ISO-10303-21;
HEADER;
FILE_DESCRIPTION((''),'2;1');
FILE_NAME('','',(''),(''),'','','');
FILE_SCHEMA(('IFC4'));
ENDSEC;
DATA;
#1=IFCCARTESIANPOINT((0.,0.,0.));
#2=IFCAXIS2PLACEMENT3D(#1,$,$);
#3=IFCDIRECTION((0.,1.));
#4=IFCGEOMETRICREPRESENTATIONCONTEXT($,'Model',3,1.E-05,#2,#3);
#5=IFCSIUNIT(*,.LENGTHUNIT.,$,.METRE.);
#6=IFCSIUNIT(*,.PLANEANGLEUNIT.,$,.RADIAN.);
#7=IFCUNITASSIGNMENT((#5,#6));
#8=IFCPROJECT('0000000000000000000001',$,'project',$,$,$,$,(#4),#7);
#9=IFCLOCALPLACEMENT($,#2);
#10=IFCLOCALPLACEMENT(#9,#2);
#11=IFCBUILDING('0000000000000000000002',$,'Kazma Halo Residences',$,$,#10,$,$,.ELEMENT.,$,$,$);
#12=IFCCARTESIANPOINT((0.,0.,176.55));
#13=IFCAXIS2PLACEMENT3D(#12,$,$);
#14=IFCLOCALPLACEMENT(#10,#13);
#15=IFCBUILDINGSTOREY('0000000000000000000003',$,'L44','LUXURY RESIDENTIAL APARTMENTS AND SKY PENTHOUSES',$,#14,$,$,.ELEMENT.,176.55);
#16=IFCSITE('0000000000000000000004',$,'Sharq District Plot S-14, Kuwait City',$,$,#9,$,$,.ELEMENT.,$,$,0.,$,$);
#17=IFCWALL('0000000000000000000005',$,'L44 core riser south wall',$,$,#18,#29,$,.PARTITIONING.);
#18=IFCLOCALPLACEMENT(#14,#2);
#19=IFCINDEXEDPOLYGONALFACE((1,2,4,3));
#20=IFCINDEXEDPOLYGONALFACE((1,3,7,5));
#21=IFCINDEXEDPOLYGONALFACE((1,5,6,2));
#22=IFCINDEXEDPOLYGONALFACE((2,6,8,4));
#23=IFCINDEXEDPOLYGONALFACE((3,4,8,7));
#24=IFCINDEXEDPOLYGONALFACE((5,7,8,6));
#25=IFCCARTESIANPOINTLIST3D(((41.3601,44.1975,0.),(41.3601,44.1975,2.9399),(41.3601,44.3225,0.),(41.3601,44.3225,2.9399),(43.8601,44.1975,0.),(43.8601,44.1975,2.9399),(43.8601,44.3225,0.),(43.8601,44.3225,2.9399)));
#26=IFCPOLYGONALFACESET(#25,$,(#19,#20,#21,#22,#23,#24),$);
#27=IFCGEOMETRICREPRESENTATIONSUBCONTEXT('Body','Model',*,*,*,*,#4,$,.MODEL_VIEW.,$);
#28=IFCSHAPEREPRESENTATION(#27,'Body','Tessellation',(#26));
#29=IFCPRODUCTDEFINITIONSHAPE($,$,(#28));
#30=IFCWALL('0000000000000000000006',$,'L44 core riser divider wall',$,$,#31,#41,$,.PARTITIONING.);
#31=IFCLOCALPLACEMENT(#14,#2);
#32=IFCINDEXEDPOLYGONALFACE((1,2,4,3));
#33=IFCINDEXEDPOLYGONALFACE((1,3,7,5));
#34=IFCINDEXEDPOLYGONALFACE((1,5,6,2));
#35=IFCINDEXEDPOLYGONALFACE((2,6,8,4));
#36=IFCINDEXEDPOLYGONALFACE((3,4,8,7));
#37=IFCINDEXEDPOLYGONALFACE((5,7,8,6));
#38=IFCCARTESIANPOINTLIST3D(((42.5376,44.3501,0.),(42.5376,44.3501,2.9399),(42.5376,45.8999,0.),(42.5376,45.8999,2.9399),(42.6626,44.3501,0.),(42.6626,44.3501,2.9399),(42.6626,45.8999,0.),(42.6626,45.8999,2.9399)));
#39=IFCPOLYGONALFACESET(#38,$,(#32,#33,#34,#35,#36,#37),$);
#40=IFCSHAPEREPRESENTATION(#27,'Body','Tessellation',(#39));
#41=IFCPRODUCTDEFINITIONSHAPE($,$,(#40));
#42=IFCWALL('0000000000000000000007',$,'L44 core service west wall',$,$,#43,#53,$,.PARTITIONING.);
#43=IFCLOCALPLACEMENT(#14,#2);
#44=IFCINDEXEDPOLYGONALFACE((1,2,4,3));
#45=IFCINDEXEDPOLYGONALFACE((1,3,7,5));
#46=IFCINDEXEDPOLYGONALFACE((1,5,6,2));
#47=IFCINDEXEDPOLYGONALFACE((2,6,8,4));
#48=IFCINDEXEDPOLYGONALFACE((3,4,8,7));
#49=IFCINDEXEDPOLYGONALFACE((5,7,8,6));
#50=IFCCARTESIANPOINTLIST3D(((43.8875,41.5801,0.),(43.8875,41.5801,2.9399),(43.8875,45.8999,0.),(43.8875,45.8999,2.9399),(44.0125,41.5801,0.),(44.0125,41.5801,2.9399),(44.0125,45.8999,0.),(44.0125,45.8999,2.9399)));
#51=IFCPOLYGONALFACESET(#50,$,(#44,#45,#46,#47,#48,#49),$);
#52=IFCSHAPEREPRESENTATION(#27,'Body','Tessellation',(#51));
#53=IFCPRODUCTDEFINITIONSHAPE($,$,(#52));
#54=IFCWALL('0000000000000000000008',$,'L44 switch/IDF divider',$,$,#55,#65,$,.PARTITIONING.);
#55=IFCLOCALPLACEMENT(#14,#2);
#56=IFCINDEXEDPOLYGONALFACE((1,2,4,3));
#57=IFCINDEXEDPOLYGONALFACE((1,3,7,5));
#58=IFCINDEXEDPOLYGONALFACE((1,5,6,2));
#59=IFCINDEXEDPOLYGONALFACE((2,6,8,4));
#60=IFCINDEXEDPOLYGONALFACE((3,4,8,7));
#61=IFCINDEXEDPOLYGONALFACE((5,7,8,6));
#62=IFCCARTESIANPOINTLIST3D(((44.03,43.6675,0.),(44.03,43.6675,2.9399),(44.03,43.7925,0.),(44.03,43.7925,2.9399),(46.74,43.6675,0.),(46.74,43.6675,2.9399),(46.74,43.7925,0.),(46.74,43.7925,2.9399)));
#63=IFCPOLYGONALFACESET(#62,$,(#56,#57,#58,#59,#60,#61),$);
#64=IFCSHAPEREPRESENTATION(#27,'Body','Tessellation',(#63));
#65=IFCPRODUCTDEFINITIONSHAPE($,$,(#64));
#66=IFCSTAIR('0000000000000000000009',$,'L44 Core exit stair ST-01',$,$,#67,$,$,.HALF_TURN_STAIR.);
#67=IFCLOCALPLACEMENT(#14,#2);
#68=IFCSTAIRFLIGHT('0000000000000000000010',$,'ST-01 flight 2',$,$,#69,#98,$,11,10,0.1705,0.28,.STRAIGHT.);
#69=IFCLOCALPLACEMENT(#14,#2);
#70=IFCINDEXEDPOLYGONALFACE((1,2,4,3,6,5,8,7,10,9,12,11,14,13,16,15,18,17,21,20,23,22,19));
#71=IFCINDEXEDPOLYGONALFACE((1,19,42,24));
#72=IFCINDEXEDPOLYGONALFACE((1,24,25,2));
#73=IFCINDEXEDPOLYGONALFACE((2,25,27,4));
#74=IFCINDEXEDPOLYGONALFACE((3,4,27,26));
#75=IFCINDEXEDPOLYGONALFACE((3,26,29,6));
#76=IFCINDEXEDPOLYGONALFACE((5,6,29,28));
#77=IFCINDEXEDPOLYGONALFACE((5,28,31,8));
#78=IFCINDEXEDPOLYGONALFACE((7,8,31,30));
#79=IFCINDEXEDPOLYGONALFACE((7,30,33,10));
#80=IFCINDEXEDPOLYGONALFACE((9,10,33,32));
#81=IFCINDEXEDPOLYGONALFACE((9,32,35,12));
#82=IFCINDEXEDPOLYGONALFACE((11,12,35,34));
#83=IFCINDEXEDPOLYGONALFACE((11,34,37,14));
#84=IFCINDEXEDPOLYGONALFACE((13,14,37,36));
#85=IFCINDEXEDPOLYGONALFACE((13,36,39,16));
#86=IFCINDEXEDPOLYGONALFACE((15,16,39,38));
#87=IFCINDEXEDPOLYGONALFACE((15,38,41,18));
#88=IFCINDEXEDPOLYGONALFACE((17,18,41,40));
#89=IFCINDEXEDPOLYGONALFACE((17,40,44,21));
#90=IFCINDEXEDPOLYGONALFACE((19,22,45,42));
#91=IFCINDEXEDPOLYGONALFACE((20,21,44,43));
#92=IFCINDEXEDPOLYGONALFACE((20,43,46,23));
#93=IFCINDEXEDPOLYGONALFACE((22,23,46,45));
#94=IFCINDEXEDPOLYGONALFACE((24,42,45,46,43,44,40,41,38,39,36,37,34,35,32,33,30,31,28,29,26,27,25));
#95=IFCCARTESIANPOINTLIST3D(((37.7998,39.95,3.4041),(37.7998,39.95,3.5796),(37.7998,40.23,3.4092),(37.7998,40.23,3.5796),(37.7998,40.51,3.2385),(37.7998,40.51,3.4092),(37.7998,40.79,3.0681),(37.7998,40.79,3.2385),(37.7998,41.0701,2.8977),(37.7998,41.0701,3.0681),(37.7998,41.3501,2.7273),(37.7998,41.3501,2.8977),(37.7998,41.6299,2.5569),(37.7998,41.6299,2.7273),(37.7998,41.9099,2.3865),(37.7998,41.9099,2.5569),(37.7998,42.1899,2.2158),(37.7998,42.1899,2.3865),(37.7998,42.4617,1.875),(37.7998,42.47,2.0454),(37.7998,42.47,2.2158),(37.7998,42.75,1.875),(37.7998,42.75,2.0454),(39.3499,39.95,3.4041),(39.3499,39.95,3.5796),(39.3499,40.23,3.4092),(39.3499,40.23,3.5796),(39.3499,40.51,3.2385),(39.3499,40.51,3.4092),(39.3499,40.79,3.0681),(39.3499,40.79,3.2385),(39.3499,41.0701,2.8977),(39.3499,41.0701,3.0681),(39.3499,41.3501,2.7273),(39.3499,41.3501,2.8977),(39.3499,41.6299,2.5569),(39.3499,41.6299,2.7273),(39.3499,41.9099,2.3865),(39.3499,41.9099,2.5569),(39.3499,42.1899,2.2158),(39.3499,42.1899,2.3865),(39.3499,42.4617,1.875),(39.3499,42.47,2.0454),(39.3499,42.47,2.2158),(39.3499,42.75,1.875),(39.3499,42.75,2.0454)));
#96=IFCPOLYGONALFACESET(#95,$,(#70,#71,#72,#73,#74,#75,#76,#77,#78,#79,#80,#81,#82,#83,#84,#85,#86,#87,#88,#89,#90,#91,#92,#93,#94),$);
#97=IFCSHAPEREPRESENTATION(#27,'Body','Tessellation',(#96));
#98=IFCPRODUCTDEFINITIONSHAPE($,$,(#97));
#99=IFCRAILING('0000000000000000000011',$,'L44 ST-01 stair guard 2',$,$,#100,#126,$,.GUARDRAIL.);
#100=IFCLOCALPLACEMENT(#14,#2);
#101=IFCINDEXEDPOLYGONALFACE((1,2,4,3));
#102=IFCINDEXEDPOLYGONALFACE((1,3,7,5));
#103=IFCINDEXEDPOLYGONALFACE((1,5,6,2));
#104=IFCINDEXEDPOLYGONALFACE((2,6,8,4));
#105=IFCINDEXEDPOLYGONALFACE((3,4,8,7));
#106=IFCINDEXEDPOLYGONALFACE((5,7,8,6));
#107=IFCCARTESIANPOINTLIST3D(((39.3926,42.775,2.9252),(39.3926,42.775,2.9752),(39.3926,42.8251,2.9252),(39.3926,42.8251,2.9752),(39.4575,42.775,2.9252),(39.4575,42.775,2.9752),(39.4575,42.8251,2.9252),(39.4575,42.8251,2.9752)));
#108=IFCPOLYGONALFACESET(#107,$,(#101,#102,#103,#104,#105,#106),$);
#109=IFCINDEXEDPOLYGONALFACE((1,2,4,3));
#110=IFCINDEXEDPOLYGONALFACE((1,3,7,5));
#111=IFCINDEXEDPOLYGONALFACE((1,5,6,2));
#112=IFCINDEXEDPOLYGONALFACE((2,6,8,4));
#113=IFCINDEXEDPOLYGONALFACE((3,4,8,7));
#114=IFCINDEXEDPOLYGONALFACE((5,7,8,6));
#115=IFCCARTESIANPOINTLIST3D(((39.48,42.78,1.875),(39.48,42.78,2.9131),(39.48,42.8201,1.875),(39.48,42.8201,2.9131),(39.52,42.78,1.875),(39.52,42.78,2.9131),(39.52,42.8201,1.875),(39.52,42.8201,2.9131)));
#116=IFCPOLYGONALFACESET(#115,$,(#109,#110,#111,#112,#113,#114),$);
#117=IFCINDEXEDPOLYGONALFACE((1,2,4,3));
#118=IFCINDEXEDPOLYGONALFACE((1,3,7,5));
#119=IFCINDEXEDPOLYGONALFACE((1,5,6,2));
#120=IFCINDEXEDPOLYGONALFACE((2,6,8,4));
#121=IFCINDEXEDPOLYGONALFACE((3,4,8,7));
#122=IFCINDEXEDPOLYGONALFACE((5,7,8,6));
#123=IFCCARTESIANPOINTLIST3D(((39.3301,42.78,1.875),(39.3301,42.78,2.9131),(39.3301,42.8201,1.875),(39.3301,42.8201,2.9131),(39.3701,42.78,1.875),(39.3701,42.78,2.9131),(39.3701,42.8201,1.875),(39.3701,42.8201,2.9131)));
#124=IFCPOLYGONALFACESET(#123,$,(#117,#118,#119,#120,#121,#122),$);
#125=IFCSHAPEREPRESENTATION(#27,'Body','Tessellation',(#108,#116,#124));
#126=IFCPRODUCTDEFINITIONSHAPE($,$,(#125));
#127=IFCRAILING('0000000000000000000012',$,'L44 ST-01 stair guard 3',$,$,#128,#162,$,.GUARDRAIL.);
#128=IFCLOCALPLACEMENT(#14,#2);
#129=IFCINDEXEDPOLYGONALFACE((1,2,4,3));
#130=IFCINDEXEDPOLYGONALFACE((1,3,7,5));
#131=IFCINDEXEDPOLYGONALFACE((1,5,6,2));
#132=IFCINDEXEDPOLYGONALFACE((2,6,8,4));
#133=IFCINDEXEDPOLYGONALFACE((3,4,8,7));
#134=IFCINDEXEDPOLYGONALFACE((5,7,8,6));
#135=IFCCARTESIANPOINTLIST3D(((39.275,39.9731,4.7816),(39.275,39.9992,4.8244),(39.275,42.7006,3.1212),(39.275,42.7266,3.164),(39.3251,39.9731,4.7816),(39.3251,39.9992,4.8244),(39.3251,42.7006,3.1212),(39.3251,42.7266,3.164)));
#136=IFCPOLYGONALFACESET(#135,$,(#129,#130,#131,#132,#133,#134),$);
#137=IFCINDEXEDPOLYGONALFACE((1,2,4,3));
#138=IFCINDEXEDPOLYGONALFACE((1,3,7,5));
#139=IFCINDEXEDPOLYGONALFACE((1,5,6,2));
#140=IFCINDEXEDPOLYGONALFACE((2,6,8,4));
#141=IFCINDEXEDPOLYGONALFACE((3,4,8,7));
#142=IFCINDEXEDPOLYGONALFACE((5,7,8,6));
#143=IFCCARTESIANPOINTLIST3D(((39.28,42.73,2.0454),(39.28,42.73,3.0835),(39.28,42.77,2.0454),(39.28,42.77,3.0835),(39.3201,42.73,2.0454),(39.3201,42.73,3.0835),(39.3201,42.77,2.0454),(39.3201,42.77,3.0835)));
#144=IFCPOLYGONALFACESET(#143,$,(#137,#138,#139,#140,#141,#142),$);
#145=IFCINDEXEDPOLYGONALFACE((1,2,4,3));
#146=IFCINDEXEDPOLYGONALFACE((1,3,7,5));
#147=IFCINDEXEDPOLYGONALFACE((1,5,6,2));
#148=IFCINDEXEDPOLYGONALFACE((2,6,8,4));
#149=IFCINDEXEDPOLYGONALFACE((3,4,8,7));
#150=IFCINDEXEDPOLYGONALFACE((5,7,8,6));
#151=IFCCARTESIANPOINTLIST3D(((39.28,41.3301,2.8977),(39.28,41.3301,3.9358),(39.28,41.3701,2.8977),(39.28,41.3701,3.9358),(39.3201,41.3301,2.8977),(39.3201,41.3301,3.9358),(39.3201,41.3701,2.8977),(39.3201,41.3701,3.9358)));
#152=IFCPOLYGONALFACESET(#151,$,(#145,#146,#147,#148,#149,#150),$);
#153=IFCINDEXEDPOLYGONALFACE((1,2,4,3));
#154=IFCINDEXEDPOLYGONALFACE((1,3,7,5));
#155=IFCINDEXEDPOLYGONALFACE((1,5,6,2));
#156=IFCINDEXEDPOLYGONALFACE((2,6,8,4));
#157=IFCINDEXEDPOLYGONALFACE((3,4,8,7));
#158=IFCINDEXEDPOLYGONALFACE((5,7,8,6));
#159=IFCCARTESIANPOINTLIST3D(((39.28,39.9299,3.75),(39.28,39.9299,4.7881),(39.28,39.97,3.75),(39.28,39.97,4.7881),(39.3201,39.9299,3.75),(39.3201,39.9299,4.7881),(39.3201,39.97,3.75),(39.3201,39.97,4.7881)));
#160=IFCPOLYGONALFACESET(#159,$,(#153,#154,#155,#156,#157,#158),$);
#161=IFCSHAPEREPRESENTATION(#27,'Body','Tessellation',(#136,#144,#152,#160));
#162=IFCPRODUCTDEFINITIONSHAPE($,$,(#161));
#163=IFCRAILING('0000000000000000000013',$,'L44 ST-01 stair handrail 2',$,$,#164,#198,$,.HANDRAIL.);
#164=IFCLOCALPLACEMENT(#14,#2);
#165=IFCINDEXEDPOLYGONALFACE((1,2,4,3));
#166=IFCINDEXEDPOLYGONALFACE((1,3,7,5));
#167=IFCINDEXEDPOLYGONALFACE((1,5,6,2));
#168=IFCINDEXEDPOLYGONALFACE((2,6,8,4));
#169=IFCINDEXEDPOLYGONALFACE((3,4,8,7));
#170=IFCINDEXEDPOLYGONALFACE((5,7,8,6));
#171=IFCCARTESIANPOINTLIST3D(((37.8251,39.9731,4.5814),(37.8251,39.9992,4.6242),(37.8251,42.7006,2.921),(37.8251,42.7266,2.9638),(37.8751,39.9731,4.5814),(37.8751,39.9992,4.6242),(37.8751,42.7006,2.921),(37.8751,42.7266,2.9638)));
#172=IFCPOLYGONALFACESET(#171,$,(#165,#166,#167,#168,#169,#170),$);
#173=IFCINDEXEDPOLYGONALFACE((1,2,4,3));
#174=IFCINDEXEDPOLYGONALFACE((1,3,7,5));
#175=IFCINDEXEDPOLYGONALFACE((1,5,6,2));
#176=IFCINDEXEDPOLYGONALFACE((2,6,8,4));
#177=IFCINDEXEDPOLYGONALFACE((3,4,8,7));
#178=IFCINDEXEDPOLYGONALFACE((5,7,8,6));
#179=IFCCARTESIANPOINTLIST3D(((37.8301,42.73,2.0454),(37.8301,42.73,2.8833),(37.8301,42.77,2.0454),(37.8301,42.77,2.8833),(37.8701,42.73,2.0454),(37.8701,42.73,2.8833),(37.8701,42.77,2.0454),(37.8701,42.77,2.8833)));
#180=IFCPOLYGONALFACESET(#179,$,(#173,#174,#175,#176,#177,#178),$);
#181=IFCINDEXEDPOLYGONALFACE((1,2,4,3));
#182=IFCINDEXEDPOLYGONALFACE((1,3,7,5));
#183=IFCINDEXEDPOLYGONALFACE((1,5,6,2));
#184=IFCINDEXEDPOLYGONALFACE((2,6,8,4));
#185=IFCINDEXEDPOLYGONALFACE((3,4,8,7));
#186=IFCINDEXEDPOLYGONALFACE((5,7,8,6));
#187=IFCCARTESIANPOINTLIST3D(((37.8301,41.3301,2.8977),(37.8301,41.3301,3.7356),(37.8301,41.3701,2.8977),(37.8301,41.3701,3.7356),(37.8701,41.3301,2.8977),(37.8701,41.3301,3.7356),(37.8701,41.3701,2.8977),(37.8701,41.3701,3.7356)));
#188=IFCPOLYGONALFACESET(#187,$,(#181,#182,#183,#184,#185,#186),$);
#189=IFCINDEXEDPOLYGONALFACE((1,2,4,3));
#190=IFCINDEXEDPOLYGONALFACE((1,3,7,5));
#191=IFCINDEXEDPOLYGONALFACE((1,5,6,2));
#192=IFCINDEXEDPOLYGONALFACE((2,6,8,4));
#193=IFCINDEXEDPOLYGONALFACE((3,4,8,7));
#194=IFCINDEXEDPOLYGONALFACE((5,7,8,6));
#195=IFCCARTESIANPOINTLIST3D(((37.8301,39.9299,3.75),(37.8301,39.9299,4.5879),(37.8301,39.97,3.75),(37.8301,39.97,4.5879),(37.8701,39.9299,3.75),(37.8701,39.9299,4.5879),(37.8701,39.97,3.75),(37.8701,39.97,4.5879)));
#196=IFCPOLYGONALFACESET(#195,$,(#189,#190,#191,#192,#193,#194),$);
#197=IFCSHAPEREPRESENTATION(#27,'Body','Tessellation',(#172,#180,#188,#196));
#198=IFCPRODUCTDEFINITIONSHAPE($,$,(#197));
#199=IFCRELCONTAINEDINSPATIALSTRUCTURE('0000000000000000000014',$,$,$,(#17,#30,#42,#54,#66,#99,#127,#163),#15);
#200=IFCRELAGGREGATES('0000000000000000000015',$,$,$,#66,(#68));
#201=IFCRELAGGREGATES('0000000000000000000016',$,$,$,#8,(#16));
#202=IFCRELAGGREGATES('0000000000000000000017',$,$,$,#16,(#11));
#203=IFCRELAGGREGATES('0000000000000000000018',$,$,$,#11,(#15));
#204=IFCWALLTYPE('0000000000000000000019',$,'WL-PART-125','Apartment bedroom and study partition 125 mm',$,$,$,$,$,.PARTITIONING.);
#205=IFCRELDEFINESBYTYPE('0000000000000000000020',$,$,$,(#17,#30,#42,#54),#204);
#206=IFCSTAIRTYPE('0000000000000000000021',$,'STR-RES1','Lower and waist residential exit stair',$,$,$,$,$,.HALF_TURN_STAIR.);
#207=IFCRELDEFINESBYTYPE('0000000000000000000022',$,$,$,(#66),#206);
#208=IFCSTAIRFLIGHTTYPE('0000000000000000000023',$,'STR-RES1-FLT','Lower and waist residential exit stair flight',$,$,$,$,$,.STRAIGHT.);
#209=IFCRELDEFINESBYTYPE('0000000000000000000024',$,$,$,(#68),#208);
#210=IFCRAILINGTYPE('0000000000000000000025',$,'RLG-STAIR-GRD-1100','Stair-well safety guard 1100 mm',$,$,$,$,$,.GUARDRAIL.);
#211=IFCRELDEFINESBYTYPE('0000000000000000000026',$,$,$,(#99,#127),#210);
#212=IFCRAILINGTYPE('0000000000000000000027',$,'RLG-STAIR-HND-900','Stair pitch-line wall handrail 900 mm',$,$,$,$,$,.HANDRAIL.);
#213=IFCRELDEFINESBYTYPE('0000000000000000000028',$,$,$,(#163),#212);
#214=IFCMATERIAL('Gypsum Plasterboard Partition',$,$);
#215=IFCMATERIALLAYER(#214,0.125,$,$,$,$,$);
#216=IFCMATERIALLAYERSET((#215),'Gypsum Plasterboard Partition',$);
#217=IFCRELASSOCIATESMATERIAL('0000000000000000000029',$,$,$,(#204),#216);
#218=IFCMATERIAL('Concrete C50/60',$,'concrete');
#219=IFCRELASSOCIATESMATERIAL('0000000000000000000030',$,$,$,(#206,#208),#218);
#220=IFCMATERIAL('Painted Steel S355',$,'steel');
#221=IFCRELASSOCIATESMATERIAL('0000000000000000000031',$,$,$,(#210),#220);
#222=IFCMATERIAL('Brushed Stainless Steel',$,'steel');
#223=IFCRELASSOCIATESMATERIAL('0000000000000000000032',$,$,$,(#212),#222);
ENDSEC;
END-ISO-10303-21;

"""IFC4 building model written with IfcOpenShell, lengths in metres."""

from ifc_helpers import new_model, si_unit, direction, frame, frame_2d, origin, origin_2d, place, context, subcontext, project, spatial, polyline, rectangle, outline, extrude, material, layer, layer_set, type_object, element, aggregate, save


model = new_model("IFC4")

# Units and contexts
model_context = context("Model", 3, precision=1e-05, world=origin(), true_north=direction((0.0, 1.0)))
body_context = subcontext(model_context, "Body", "Model", "MODEL_VIEW")
ifc_project = project(units=[si_unit("LENGTHUNIT", "METRE"), si_unit("PLANEANGLEUNIT", "RADIAN")], contexts=[model_context])

# Site, building, storey
site_placement = place(None, origin())
site = spatial("IfcSite", under=ifc_project, at=site_placement, Name="Sharq District Plot S-14, Kuwait City", CompositionType="ELEMENT", RefElevation=0.0)
building_placement = place(site_placement, origin())
building = spatial("IfcBuilding", under=site, at=building_placement, Name="Kazma Halo Residences", CompositionType="ELEMENT")
storey_placement = place(building_placement, frame((0.0, 0.0, 176.55)))
storey = spatial("IfcBuildingStorey", under=building, at=storey_placement, Name="L44", Description="LUXURY RESIDENTIAL APARTMENTS AND SKY PENTHOUSES", CompositionType="ELEMENT", Elevation=176.55)

# Walls
ifc_material_1 = material(Name="Gypsum Plasterboard Partition")
ifc_layer_1 = layer(ifc_material_1, 0.125)
ifc_layer_set_1 = layer_set([ifc_layer_1], Name="Gypsum Plasterboard Partition")
wall_type_1 = type_object("IfcWallType", Name="WL-PART-125", Description="Apartment bedroom and study partition 125 mm", PredefinedType="PARTITIONING", material=ifc_layer_set_1)
wall_1_placement = place(storey_placement, frame((41.3601, 44.26, 0.0), z_axis=(0.0, 0.0, 1.0), x_axis=(1.0, 0.0, 0.0)))
element("IfcWall", 1, at=wall_1_placement, inside=storey, type_object=wall_type_1, Name="L44 core riser south wall", PredefinedType="PARTITIONING", context=body_context, shape_type="SweptSolid", body=[
    extrude(rectangle(XDim=2.5, YDim=0.125, at=frame_2d((1.25, 0.0))), origin(), (0.0, 0.0, 1.0), 2.9399),
])
wall_2_placement = place(storey_placement, frame((42.6001, 44.3501, 0.0), z_axis=(0.0, 0.0, 1.0), x_axis=(0.0, 1.0, 0.0)))
element("IfcWall", 2, at=wall_2_placement, inside=storey, type_object=wall_type_1, Name="L44 core riser divider wall", PredefinedType="PARTITIONING", context=body_context, shape_type="SweptSolid", body=[
    extrude(rectangle(XDim=1.5498, YDim=0.125, at=frame_2d((0.7749, 0.0))), origin(), (0.0, 0.0, 1.0), 2.9399),
])
wall_3_placement = place(storey_placement, frame((43.95, 41.5801, 0.0), z_axis=(0.0, 0.0, 1.0), x_axis=(0.0, 1.0, 0.0)))
element("IfcWall", 3, at=wall_3_placement, inside=storey, type_object=wall_type_1, Name="L44 core service west wall", PredefinedType="PARTITIONING", context=body_context, shape_type="SweptSolid", body=[
    extrude(rectangle(XDim=4.3198, YDim=0.125, at=frame_2d((2.1599, 0.0))), origin(), (0.0, 0.0, 1.0), 2.9399),
])
wall_4_placement = place(storey_placement, frame((44.03, 43.73, 0.0), z_axis=(0.0, 0.0, 1.0), x_axis=(1.0, 0.0, 0.0)))
element("IfcWall", 4, at=wall_4_placement, inside=storey, type_object=wall_type_1, Name="L44 switch/IDF divider", PredefinedType="PARTITIONING", context=body_context, shape_type="SweptSolid", body=[
    extrude(rectangle(XDim=2.71, YDim=0.125, at=frame_2d((1.355, 0.0))), origin(), (0.0, 0.0, 1.0), 2.9399),
])

# Stair, stair flight
ifc_material_2 = material(Name="Concrete C50/60", Category="concrete")
stair_type = type_object("IfcStairType", Name="STR-RES1", Description="Lower and waist residential exit stair", PredefinedType="HALF_TURN_STAIR", material=ifc_material_2)
stair_placement = place(storey_placement, origin())
stair = element("IfcStair", 5, at=stair_placement, inside=storey, type_object=stair_type, Name="L44 Core exit stair ST-01", PredefinedType="HALF_TURN_STAIR")
stair_flight_type = type_object("IfcStairFlightType", Name="STR-RES1-FLT", Description="Lower and waist residential exit stair flight", PredefinedType="STRAIGHT", material=ifc_material_2)
stair_flight_placement = place(storey_placement, frame((38.575, 42.75, 1.875), z_axis=(0.0, 0.0, 1.0), x_axis=(0.0, -1.0, 0.0)))
stair_flight = element("IfcStairFlight", 6, at=stair_flight_placement, type_object=stair_flight_type, Name="ST-01 flight 2", NumberOfRisers=11, NumberOfTreads=10, PredefinedType="STRAIGHT", RiserHeight=0.1705, TreadLength=0.28, context=body_context, shape_type="SweptSolid", body=[
    extrude(outline(polyline([(0.0, 0.0), (0.0, 0.1704), (0.28, 0.1704), (0.28, 0.3408), (0.5601, 0.3408), (0.5601, 0.5115), (0.8401, 0.5115), (0.8401, 0.6819), (1.1201, 0.6819), (1.1201, 0.8523), (1.3999, 0.8523), (1.3999, 1.0227), (1.6799, 1.0227), (1.6799, 1.1931), (1.96, 1.1931), (1.96, 1.3635), (2.24, 1.3635), (2.24, 1.5342), (2.52, 1.5342), (2.52, 1.7046), (2.8, 1.7046), (2.8, 1.875), (2.8, 1.5291), (0.2883, 0.0), (0.0, 0.0)])), frame((0.0, 0.7749, 0.0), z_axis=(0.0, -1.0, 0.0), x_axis=(1.0, 0.0, 0.0)), (0.0, 0.0, 1.0), 1.55),
])
aggregate(stair, [stair_flight])

# Railings
ifc_material_3 = material(Name="Painted Steel S355", Category="steel")
railing_type_1 = type_object("IfcRailingType", Name="RLG-STAIR-GRD-1100", Description="Stair-well safety guard 1100 mm", PredefinedType="GUARDRAIL", material=ifc_material_3)
railing_1_placement = place(storey_placement, frame((39.5, 42.8, 1.875)))
element("IfcRailing", 7, at=railing_1_placement, inside=storey, type_object=railing_type_1, Name="L44 ST-01 stair guard 2", PredefinedType="GUARDRAIL", context=body_context, shape_type="SweptSolid", body=[
    extrude(rectangle(XDim=0.05, YDim=0.05, at=origin_2d()), frame((-0.0425, 0.0, 1.0752), z_axis=(-1.0, 0.0, 0.0), x_axis=(0.0, -1.0, 0.0)), (0.0, 0.0, 1.0), 0.0649),
    extrude(rectangle(XDim=0.04, YDim=0.04, at=origin_2d()), origin(), (0.0, 0.0, 1.0), 1.0381),
    extrude(rectangle(XDim=0.04, YDim=0.04, at=origin_2d()), frame((-0.1499, 0.0, 0.0)), (0.0, 0.0, 1.0), 1.0381),
])
railing_2_placement = place(storey_placement, frame((39.3, 42.75, 2.0454)))
element("IfcRailing", 8, at=railing_2_placement, inside=storey, type_object=railing_type_1, Name="L44 ST-01 stair guard 3", PredefinedType="GUARDRAIL", context=body_context, shape_type="SweptSolid", body=[
    extrude(rectangle(XDim=0.05, YDim=0.05, at=origin_2d()), frame((0.0, -0.0364, 1.0972), z_axis=(0.0, -0.85417, 0.519994), x_axis=(1.0, 0.0, 0.0)), (0.0, 0.0, 1.0), 3.1931),
    extrude(rectangle(XDim=0.04, YDim=0.04, at=origin_2d()), origin(), (0.0, 0.0, 1.0), 1.0381),
    extrude(rectangle(XDim=0.04, YDim=0.04, at=origin_2d()), frame((0.0, -1.3999, 0.8523)), (0.0, 0.0, 1.0), 1.0381),
    extrude(rectangle(XDim=0.04, YDim=0.04, at=origin_2d()), frame((0.0, -2.8, 1.7046)), (0.0, 0.0, 1.0), 1.0381),
])
ifc_material_4 = material(Name="Brushed Stainless Steel", Category="steel")
railing_type_2 = type_object("IfcRailingType", Name="RLG-STAIR-HND-900", Description="Stair pitch-line wall handrail 900 mm", PredefinedType="HANDRAIL", material=ifc_material_4)
railing_3_placement = place(storey_placement, frame((37.8501, 42.75, 2.0454)))
element("IfcRailing", 9, at=railing_3_placement, inside=storey, type_object=railing_type_2, Name="L44 ST-01 stair handrail 2", PredefinedType="HANDRAIL", context=body_context, shape_type="SweptSolid", body=[
    extrude(rectangle(XDim=0.05, YDim=0.05, at=origin_2d()), frame((0.0, -0.0364, 0.897), z_axis=(0.0, -0.85417, 0.519994), x_axis=(1.0, 0.0, 0.0)), (0.0, 0.0, 1.0), 3.1931),
    extrude(rectangle(XDim=0.04, YDim=0.04, at=origin_2d()), origin(), (0.0, 0.0, 1.0), 0.8379),
    extrude(rectangle(XDim=0.04, YDim=0.04, at=origin_2d()), frame((0.0, -1.3999, 0.8523)), (0.0, 0.0, 1.0), 0.8379),
    extrude(rectangle(XDim=0.04, YDim=0.04, at=origin_2d()), frame((0.0, -2.8, 1.7046)), (0.0, 0.0, 1.0), 0.8379),
])

save(model, "model.ifc")
